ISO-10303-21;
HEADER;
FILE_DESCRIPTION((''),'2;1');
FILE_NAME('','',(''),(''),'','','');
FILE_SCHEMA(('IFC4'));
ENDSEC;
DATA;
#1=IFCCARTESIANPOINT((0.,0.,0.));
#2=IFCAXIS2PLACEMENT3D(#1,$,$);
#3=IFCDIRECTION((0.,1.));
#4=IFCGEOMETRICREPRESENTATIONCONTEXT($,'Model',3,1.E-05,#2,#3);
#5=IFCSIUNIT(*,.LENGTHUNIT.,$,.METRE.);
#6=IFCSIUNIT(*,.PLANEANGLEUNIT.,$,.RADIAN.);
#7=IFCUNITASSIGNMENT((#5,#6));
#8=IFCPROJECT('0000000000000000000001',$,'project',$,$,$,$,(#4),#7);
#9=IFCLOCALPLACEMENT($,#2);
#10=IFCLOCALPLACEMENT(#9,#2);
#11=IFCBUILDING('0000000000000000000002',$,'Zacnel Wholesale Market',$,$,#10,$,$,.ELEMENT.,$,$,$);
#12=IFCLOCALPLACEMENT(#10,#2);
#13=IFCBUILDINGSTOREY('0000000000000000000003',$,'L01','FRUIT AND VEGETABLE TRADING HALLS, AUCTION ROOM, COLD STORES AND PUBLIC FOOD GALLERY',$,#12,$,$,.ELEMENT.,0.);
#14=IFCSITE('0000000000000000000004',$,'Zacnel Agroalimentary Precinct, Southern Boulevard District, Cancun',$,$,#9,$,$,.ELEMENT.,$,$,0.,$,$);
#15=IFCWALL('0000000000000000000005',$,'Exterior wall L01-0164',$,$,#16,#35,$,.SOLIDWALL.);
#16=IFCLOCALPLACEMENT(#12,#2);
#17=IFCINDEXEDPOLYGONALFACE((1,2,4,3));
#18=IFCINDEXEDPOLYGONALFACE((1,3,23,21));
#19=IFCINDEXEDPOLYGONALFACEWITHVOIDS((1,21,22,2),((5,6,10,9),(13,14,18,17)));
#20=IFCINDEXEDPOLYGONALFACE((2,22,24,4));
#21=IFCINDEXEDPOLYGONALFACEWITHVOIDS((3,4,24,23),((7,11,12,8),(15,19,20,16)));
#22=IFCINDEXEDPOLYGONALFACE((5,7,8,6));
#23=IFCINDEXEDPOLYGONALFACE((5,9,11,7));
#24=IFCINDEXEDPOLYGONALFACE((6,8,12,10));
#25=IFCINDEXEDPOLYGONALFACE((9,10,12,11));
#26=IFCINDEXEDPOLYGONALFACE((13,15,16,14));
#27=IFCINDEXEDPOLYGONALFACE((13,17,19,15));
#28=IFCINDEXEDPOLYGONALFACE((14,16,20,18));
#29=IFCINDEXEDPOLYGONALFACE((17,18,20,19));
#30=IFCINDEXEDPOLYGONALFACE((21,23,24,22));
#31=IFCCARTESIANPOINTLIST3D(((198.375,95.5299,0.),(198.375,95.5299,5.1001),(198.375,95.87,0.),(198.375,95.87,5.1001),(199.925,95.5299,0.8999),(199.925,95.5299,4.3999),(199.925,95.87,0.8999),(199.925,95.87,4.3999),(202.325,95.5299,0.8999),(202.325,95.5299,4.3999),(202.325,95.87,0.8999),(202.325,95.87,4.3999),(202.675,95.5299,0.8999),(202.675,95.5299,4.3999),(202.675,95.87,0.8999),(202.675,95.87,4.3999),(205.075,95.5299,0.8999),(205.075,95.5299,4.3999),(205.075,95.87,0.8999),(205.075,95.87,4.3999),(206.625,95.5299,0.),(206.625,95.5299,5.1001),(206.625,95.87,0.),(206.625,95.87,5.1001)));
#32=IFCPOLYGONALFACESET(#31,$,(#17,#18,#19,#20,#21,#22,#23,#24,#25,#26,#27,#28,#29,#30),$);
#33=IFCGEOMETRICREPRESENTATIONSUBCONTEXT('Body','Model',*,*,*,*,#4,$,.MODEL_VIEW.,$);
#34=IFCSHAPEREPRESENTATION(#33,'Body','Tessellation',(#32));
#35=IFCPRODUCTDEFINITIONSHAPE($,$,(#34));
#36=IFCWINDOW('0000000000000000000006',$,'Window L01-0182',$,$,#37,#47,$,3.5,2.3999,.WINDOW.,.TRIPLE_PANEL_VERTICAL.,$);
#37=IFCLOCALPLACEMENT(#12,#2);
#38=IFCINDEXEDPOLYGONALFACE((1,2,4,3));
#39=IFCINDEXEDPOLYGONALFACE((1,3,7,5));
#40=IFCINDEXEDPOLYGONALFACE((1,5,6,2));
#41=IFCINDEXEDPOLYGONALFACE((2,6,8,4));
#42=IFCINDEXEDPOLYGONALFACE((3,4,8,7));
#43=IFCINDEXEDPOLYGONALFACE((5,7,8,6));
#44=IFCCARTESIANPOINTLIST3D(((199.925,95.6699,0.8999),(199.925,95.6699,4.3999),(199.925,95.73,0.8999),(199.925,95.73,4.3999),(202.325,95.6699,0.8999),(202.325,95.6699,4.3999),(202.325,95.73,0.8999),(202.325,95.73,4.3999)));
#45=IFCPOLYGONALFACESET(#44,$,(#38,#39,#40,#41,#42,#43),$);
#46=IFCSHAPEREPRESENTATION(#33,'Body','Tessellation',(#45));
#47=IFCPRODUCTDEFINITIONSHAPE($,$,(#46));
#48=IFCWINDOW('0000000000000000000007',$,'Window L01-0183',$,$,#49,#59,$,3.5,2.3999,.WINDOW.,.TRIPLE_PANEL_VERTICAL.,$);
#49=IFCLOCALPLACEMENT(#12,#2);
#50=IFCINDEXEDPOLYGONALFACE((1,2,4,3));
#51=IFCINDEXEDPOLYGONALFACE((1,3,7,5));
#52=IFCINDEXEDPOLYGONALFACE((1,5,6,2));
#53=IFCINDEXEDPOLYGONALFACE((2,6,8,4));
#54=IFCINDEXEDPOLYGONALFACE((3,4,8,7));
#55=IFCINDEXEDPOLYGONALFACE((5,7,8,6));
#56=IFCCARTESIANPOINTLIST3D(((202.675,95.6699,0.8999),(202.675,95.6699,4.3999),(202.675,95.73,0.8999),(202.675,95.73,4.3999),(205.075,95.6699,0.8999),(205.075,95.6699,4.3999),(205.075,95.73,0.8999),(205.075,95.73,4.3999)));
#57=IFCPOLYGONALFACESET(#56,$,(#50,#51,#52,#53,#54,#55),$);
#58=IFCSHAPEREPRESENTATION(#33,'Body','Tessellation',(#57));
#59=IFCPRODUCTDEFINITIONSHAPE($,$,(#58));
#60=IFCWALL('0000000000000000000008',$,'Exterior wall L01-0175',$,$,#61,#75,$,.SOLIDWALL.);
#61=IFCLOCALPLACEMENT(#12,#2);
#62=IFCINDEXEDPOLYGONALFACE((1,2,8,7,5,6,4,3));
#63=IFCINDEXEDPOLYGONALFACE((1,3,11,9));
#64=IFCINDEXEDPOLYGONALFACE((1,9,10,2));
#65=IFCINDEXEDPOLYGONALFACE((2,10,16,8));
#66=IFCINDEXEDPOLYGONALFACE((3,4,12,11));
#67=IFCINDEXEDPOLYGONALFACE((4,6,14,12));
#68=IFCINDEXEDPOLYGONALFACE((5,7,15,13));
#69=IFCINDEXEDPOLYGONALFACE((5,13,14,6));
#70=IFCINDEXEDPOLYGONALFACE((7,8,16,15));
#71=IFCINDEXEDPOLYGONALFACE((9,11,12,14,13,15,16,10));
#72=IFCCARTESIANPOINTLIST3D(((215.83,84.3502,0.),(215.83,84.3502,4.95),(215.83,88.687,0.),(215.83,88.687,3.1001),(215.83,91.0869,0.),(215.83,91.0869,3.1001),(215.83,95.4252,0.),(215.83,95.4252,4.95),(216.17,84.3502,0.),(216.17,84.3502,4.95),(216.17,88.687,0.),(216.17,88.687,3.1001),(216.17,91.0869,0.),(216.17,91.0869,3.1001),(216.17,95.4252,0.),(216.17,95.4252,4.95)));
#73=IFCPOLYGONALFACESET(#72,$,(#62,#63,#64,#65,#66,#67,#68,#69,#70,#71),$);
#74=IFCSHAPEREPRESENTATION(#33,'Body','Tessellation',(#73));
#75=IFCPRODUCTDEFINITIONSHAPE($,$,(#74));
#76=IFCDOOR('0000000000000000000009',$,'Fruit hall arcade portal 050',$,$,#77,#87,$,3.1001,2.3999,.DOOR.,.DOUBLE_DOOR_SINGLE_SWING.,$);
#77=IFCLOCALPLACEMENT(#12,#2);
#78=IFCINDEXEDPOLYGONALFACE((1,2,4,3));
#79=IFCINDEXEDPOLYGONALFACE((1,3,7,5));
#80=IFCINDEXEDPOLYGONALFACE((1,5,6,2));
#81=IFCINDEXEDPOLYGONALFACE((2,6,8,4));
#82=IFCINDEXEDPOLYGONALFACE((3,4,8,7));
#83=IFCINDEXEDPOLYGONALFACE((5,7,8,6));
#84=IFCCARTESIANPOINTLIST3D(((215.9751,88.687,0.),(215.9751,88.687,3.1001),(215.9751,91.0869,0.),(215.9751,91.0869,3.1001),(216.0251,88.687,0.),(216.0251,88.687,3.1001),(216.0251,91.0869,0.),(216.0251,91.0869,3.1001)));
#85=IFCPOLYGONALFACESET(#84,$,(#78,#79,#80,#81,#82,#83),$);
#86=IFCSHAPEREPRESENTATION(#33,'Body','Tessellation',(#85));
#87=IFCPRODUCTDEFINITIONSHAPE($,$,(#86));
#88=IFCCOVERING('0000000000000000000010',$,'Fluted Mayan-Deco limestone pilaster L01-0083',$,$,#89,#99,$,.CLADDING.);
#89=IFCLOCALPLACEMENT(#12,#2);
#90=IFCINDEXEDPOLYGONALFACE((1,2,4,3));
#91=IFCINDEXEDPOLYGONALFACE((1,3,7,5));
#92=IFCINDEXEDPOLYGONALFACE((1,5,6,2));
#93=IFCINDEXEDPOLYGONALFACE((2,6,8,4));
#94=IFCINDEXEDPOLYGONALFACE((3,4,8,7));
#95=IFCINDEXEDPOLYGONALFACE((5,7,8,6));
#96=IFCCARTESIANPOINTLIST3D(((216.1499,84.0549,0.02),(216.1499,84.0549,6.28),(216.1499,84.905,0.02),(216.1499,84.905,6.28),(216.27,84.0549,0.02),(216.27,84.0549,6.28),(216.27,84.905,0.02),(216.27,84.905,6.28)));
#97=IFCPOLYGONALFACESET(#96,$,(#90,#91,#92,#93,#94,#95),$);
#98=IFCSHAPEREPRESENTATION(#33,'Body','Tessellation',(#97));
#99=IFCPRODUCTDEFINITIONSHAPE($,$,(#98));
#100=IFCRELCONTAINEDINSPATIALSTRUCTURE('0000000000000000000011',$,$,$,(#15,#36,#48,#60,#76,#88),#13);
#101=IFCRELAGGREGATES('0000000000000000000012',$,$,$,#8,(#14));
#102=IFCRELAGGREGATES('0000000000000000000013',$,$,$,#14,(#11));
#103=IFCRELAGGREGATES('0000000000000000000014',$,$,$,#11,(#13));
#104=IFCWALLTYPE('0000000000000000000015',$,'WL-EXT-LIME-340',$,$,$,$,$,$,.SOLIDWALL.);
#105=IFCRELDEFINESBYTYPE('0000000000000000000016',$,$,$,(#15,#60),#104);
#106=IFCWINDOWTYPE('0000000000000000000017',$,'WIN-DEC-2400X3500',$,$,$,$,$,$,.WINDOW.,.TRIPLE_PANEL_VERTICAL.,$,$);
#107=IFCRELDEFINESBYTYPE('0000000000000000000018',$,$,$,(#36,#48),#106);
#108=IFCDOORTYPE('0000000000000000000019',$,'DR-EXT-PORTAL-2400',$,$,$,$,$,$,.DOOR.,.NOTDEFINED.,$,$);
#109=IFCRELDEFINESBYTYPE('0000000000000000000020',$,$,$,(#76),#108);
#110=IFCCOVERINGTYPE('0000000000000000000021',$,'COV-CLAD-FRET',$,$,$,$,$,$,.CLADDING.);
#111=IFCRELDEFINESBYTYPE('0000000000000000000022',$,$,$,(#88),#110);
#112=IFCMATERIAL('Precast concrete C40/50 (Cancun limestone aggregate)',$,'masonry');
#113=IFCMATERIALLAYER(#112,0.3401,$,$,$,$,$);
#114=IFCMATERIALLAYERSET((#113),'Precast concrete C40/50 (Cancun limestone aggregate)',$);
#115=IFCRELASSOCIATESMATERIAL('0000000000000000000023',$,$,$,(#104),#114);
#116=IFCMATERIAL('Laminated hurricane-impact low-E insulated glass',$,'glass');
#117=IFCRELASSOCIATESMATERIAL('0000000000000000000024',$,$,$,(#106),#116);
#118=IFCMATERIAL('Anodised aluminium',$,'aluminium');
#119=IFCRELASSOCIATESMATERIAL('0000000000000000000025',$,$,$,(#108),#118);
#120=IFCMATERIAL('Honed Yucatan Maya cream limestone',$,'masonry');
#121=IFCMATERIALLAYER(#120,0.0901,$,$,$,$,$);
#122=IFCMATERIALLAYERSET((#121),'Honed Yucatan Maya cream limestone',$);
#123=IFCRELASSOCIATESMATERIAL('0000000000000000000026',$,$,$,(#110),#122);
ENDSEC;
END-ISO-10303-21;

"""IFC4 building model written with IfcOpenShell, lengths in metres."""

from ifc_helpers import new_model, si_unit, direction, frame, frame_2d, origin, origin_2d, place, context, subcontext, project, spatial, rectangle, extrude, material, layer, layer_set, type_object, element, fill, save


model = new_model("IFC4")

# Units and contexts
model_context = context("Model", 3, precision=1e-05, world=origin(), true_north=direction((0.0, 1.0)))
body_context = subcontext(model_context, "Body", "Model", "MODEL_VIEW")
ifc_project = project(units=[si_unit("LENGTHUNIT", "METRE"), si_unit("PLANEANGLEUNIT", "RADIAN")], contexts=[model_context])

# Site, building, storey
site_placement = place(None, origin())
site = spatial("IfcSite", under=ifc_project, at=site_placement, Name="Zacnel Agroalimentary Precinct, Southern Boulevard District, Cancun", CompositionType="ELEMENT", RefElevation=0.0)
building_placement = place(site_placement, origin())
building = spatial("IfcBuilding", under=site, at=building_placement, Name="Zacnel Wholesale Market", CompositionType="ELEMENT")
storey_placement = place(building_placement, origin())
storey = spatial("IfcBuildingStorey", under=building, at=storey_placement, Name="L01", Description="FRUIT AND VEGETABLE TRADING HALLS, AUCTION ROOM, COLD STORES AND PUBLIC FOOD GALLERY", CompositionType="ELEMENT", Elevation=0.0)

# Wall, openings, windows
ifc_material_1 = material(Name="Precast concrete C40/50 (Cancun limestone aggregate)", Category="masonry")
ifc_layer_1 = layer(ifc_material_1, 0.3401)
ifc_layer_set_1 = layer_set([ifc_layer_1], Name="Precast concrete C40/50 (Cancun limestone aggregate)")
wall_type = type_object("IfcWallType", Name="WL-EXT-LIME-340", PredefinedType="SOLIDWALL", material=ifc_layer_set_1)
wall_1_placement = place(storey_placement, frame((198.375, 95.7, 0.0), z_axis=(0.0, 0.0, 1.0), x_axis=(1.0, 0.0, 0.0)))
wall_1 = element("IfcWall", 1, at=wall_1_placement, inside=storey, type_object=wall_type, Name="Exterior wall L01-0164", PredefinedType="SOLIDWALL", context=body_context, shape_type="SweptSolid", body=[
    extrude(rectangle(XDim=8.25, YDim=0.3401, at=frame_2d((4.125, 0.0))), origin(), (0.0, 0.0, 1.0), 5.1001),
])
opening_1_placement = place(wall_1_placement, frame((1.55, 0.0, 0.8999)))
opening_1 = element("IfcOpeningElement", 2, at=opening_1_placement, cuts=wall_1, PredefinedType="OPENING", context=body_context, shape_type="SweptSolid", body=[
    extrude(rectangle(XDim=2.3999, YDim=3.5, at=frame_2d((1.2, 1.75))), frame((0.0, 0.1799, 0.0), z_axis=(0.0, -1.0, 0.0), x_axis=(1.0, 0.0, 0.0)), (0.0, 0.0, 1.0), 0.3601),
])
opening_2_placement = place(wall_1_placement, frame((4.3, 0.0, 0.8999)))
opening_2 = element("IfcOpeningElement", 3, at=opening_2_placement, cuts=wall_1, PredefinedType="OPENING", context=body_context, shape_type="SweptSolid", body=[
    extrude(rectangle(XDim=2.3999, YDim=3.5, at=frame_2d((1.2, 1.75))), frame((0.0, 0.1799, 0.0), z_axis=(0.0, -1.0, 0.0), x_axis=(1.0, 0.0, 0.0)), (0.0, 0.0, 1.0), 0.3601),
])
ifc_material_2 = material(Name="Laminated hurricane-impact low-E insulated glass", Category="glass")
window_type = type_object("IfcWindowType", Name="WIN-DEC-2400X3500", PartitioningType="TRIPLE_PANEL_VERTICAL", PredefinedType="WINDOW", material=ifc_material_2)
window_1_placement = place(opening_1_placement, origin())
window_1 = element("IfcWindow", 4, at=window_1_placement, inside=storey, type_object=window_type, Name="Window L01-0182", OverallHeight=3.5, OverallWidth=2.3999, PartitioningType="TRIPLE_PANEL_VERTICAL", PredefinedType="WINDOW", context=body_context, shape_type="SweptSolid", body=[
    extrude(rectangle(XDim=2.3999, YDim=3.5, at=frame_2d((1.2, 1.75))), frame((0.0, 0.03, 0.0), z_axis=(0.0, -1.0, 0.0), x_axis=(1.0, 0.0, 0.0)), (0.0, 0.0, 1.0), 0.0601),
])
fill(opening_1, window_1)
window_2_placement = place(opening_2_placement, origin())
window_2 = element("IfcWindow", 5, at=window_2_placement, inside=storey, type_object=window_type, Name="Window L01-0183", OverallHeight=3.5, OverallWidth=2.3999, PartitioningType="TRIPLE_PANEL_VERTICAL", PredefinedType="WINDOW", context=body_context, shape_type="SweptSolid", body=[
    extrude(rectangle(XDim=2.3999, YDim=3.5, at=frame_2d((1.2, 1.75))), frame((0.0, 0.03, 0.0), z_axis=(0.0, -1.0, 0.0), x_axis=(1.0, 0.0, 0.0)), (0.0, 0.0, 1.0), 0.0601),
])
fill(opening_2, window_2)

# Wall, opening, door
wall_2_placement = place(storey_placement, frame((216.0, 84.3501, 0.0), z_axis=(0.0, 0.0, 1.0), x_axis=(0.0, 1.0, 0.0)))
wall_2 = element("IfcWall", 6, at=wall_2_placement, inside=storey, type_object=wall_type, Name="Exterior wall L01-0175", PredefinedType="SOLIDWALL", context=body_context, shape_type="SweptSolid", body=[
    extrude(rectangle(XDim=11.075, YDim=0.3401, at=frame_2d((5.5376, 0.0))), origin(), (0.0, 0.0, 1.0), 4.95),
])
opening_3_placement = place(wall_2_placement, frame((4.3369, 0.0, 0.0)))
opening_3 = element("IfcOpeningElement", 7, at=opening_3_placement, cuts=wall_2, PredefinedType="OPENING", context=body_context, shape_type="SweptSolid", body=[
    extrude(rectangle(XDim=2.3999, YDim=3.1001, at=frame_2d((1.2, 1.55))), frame((0.0, 0.1799, 0.0), z_axis=(0.0, -1.0, 0.0), x_axis=(1.0, 0.0, 0.0)), (0.0, 0.0, 1.0), 0.3601),
])
ifc_material_3 = material(Name="Anodised aluminium", Category="aluminium")
door_type = type_object("IfcDoorType", Name="DR-EXT-PORTAL-2400", OperationType="NOTDEFINED", PredefinedType="DOOR", material=ifc_material_3)
door_placement = place(opening_3_placement, origin())
door = element("IfcDoor", 8, at=door_placement, inside=storey, type_object=door_type, Name="Fruit hall arcade portal 050", OperationType="DOUBLE_DOOR_SINGLE_SWING", OverallHeight=3.1001, OverallWidth=2.3999, PredefinedType="DOOR", context=body_context, shape_type="SweptSolid", body=[
    extrude(rectangle(XDim=2.3999, YDim=3.1001, at=frame_2d((1.2, 1.55))), frame((0.0, 0.0249, 0.0), z_axis=(0.0, -1.0, 0.0), x_axis=(1.0, 0.0, 0.0)), (0.0, 0.0, 1.0), 0.05),
])
fill(opening_3, door)

# Covering
ifc_material_4 = material(Name="Honed Yucatan Maya cream limestone", Category="masonry")
ifc_layer_2 = layer(ifc_material_4, 0.0901)
ifc_layer_set_2 = layer_set([ifc_layer_2], Name="Honed Yucatan Maya cream limestone")
covering_type = type_object("IfcCoveringType", Name="COV-CLAD-FRET", PredefinedType="CLADDING", material=ifc_layer_set_2)
covering_placement = place(storey_placement, frame((216.21, 84.48, 0.02), z_axis=(0.0, 0.0, 1.0), x_axis=(0.0, 1.0, 0.0)))
element("IfcCovering", 9, at=covering_placement, inside=storey, type_object=covering_type, Name="Fluted Mayan-Deco limestone pilaster L01-0083", PredefinedType="CLADDING", context=body_context, shape_type="SweptSolid", body=[
    extrude(rectangle(XDim=0.8501, YDim=0.1201, at=origin_2d()), origin(), (0.0, 0.0, 1.0), 6.26),
])

save(model, "model.ifc")
